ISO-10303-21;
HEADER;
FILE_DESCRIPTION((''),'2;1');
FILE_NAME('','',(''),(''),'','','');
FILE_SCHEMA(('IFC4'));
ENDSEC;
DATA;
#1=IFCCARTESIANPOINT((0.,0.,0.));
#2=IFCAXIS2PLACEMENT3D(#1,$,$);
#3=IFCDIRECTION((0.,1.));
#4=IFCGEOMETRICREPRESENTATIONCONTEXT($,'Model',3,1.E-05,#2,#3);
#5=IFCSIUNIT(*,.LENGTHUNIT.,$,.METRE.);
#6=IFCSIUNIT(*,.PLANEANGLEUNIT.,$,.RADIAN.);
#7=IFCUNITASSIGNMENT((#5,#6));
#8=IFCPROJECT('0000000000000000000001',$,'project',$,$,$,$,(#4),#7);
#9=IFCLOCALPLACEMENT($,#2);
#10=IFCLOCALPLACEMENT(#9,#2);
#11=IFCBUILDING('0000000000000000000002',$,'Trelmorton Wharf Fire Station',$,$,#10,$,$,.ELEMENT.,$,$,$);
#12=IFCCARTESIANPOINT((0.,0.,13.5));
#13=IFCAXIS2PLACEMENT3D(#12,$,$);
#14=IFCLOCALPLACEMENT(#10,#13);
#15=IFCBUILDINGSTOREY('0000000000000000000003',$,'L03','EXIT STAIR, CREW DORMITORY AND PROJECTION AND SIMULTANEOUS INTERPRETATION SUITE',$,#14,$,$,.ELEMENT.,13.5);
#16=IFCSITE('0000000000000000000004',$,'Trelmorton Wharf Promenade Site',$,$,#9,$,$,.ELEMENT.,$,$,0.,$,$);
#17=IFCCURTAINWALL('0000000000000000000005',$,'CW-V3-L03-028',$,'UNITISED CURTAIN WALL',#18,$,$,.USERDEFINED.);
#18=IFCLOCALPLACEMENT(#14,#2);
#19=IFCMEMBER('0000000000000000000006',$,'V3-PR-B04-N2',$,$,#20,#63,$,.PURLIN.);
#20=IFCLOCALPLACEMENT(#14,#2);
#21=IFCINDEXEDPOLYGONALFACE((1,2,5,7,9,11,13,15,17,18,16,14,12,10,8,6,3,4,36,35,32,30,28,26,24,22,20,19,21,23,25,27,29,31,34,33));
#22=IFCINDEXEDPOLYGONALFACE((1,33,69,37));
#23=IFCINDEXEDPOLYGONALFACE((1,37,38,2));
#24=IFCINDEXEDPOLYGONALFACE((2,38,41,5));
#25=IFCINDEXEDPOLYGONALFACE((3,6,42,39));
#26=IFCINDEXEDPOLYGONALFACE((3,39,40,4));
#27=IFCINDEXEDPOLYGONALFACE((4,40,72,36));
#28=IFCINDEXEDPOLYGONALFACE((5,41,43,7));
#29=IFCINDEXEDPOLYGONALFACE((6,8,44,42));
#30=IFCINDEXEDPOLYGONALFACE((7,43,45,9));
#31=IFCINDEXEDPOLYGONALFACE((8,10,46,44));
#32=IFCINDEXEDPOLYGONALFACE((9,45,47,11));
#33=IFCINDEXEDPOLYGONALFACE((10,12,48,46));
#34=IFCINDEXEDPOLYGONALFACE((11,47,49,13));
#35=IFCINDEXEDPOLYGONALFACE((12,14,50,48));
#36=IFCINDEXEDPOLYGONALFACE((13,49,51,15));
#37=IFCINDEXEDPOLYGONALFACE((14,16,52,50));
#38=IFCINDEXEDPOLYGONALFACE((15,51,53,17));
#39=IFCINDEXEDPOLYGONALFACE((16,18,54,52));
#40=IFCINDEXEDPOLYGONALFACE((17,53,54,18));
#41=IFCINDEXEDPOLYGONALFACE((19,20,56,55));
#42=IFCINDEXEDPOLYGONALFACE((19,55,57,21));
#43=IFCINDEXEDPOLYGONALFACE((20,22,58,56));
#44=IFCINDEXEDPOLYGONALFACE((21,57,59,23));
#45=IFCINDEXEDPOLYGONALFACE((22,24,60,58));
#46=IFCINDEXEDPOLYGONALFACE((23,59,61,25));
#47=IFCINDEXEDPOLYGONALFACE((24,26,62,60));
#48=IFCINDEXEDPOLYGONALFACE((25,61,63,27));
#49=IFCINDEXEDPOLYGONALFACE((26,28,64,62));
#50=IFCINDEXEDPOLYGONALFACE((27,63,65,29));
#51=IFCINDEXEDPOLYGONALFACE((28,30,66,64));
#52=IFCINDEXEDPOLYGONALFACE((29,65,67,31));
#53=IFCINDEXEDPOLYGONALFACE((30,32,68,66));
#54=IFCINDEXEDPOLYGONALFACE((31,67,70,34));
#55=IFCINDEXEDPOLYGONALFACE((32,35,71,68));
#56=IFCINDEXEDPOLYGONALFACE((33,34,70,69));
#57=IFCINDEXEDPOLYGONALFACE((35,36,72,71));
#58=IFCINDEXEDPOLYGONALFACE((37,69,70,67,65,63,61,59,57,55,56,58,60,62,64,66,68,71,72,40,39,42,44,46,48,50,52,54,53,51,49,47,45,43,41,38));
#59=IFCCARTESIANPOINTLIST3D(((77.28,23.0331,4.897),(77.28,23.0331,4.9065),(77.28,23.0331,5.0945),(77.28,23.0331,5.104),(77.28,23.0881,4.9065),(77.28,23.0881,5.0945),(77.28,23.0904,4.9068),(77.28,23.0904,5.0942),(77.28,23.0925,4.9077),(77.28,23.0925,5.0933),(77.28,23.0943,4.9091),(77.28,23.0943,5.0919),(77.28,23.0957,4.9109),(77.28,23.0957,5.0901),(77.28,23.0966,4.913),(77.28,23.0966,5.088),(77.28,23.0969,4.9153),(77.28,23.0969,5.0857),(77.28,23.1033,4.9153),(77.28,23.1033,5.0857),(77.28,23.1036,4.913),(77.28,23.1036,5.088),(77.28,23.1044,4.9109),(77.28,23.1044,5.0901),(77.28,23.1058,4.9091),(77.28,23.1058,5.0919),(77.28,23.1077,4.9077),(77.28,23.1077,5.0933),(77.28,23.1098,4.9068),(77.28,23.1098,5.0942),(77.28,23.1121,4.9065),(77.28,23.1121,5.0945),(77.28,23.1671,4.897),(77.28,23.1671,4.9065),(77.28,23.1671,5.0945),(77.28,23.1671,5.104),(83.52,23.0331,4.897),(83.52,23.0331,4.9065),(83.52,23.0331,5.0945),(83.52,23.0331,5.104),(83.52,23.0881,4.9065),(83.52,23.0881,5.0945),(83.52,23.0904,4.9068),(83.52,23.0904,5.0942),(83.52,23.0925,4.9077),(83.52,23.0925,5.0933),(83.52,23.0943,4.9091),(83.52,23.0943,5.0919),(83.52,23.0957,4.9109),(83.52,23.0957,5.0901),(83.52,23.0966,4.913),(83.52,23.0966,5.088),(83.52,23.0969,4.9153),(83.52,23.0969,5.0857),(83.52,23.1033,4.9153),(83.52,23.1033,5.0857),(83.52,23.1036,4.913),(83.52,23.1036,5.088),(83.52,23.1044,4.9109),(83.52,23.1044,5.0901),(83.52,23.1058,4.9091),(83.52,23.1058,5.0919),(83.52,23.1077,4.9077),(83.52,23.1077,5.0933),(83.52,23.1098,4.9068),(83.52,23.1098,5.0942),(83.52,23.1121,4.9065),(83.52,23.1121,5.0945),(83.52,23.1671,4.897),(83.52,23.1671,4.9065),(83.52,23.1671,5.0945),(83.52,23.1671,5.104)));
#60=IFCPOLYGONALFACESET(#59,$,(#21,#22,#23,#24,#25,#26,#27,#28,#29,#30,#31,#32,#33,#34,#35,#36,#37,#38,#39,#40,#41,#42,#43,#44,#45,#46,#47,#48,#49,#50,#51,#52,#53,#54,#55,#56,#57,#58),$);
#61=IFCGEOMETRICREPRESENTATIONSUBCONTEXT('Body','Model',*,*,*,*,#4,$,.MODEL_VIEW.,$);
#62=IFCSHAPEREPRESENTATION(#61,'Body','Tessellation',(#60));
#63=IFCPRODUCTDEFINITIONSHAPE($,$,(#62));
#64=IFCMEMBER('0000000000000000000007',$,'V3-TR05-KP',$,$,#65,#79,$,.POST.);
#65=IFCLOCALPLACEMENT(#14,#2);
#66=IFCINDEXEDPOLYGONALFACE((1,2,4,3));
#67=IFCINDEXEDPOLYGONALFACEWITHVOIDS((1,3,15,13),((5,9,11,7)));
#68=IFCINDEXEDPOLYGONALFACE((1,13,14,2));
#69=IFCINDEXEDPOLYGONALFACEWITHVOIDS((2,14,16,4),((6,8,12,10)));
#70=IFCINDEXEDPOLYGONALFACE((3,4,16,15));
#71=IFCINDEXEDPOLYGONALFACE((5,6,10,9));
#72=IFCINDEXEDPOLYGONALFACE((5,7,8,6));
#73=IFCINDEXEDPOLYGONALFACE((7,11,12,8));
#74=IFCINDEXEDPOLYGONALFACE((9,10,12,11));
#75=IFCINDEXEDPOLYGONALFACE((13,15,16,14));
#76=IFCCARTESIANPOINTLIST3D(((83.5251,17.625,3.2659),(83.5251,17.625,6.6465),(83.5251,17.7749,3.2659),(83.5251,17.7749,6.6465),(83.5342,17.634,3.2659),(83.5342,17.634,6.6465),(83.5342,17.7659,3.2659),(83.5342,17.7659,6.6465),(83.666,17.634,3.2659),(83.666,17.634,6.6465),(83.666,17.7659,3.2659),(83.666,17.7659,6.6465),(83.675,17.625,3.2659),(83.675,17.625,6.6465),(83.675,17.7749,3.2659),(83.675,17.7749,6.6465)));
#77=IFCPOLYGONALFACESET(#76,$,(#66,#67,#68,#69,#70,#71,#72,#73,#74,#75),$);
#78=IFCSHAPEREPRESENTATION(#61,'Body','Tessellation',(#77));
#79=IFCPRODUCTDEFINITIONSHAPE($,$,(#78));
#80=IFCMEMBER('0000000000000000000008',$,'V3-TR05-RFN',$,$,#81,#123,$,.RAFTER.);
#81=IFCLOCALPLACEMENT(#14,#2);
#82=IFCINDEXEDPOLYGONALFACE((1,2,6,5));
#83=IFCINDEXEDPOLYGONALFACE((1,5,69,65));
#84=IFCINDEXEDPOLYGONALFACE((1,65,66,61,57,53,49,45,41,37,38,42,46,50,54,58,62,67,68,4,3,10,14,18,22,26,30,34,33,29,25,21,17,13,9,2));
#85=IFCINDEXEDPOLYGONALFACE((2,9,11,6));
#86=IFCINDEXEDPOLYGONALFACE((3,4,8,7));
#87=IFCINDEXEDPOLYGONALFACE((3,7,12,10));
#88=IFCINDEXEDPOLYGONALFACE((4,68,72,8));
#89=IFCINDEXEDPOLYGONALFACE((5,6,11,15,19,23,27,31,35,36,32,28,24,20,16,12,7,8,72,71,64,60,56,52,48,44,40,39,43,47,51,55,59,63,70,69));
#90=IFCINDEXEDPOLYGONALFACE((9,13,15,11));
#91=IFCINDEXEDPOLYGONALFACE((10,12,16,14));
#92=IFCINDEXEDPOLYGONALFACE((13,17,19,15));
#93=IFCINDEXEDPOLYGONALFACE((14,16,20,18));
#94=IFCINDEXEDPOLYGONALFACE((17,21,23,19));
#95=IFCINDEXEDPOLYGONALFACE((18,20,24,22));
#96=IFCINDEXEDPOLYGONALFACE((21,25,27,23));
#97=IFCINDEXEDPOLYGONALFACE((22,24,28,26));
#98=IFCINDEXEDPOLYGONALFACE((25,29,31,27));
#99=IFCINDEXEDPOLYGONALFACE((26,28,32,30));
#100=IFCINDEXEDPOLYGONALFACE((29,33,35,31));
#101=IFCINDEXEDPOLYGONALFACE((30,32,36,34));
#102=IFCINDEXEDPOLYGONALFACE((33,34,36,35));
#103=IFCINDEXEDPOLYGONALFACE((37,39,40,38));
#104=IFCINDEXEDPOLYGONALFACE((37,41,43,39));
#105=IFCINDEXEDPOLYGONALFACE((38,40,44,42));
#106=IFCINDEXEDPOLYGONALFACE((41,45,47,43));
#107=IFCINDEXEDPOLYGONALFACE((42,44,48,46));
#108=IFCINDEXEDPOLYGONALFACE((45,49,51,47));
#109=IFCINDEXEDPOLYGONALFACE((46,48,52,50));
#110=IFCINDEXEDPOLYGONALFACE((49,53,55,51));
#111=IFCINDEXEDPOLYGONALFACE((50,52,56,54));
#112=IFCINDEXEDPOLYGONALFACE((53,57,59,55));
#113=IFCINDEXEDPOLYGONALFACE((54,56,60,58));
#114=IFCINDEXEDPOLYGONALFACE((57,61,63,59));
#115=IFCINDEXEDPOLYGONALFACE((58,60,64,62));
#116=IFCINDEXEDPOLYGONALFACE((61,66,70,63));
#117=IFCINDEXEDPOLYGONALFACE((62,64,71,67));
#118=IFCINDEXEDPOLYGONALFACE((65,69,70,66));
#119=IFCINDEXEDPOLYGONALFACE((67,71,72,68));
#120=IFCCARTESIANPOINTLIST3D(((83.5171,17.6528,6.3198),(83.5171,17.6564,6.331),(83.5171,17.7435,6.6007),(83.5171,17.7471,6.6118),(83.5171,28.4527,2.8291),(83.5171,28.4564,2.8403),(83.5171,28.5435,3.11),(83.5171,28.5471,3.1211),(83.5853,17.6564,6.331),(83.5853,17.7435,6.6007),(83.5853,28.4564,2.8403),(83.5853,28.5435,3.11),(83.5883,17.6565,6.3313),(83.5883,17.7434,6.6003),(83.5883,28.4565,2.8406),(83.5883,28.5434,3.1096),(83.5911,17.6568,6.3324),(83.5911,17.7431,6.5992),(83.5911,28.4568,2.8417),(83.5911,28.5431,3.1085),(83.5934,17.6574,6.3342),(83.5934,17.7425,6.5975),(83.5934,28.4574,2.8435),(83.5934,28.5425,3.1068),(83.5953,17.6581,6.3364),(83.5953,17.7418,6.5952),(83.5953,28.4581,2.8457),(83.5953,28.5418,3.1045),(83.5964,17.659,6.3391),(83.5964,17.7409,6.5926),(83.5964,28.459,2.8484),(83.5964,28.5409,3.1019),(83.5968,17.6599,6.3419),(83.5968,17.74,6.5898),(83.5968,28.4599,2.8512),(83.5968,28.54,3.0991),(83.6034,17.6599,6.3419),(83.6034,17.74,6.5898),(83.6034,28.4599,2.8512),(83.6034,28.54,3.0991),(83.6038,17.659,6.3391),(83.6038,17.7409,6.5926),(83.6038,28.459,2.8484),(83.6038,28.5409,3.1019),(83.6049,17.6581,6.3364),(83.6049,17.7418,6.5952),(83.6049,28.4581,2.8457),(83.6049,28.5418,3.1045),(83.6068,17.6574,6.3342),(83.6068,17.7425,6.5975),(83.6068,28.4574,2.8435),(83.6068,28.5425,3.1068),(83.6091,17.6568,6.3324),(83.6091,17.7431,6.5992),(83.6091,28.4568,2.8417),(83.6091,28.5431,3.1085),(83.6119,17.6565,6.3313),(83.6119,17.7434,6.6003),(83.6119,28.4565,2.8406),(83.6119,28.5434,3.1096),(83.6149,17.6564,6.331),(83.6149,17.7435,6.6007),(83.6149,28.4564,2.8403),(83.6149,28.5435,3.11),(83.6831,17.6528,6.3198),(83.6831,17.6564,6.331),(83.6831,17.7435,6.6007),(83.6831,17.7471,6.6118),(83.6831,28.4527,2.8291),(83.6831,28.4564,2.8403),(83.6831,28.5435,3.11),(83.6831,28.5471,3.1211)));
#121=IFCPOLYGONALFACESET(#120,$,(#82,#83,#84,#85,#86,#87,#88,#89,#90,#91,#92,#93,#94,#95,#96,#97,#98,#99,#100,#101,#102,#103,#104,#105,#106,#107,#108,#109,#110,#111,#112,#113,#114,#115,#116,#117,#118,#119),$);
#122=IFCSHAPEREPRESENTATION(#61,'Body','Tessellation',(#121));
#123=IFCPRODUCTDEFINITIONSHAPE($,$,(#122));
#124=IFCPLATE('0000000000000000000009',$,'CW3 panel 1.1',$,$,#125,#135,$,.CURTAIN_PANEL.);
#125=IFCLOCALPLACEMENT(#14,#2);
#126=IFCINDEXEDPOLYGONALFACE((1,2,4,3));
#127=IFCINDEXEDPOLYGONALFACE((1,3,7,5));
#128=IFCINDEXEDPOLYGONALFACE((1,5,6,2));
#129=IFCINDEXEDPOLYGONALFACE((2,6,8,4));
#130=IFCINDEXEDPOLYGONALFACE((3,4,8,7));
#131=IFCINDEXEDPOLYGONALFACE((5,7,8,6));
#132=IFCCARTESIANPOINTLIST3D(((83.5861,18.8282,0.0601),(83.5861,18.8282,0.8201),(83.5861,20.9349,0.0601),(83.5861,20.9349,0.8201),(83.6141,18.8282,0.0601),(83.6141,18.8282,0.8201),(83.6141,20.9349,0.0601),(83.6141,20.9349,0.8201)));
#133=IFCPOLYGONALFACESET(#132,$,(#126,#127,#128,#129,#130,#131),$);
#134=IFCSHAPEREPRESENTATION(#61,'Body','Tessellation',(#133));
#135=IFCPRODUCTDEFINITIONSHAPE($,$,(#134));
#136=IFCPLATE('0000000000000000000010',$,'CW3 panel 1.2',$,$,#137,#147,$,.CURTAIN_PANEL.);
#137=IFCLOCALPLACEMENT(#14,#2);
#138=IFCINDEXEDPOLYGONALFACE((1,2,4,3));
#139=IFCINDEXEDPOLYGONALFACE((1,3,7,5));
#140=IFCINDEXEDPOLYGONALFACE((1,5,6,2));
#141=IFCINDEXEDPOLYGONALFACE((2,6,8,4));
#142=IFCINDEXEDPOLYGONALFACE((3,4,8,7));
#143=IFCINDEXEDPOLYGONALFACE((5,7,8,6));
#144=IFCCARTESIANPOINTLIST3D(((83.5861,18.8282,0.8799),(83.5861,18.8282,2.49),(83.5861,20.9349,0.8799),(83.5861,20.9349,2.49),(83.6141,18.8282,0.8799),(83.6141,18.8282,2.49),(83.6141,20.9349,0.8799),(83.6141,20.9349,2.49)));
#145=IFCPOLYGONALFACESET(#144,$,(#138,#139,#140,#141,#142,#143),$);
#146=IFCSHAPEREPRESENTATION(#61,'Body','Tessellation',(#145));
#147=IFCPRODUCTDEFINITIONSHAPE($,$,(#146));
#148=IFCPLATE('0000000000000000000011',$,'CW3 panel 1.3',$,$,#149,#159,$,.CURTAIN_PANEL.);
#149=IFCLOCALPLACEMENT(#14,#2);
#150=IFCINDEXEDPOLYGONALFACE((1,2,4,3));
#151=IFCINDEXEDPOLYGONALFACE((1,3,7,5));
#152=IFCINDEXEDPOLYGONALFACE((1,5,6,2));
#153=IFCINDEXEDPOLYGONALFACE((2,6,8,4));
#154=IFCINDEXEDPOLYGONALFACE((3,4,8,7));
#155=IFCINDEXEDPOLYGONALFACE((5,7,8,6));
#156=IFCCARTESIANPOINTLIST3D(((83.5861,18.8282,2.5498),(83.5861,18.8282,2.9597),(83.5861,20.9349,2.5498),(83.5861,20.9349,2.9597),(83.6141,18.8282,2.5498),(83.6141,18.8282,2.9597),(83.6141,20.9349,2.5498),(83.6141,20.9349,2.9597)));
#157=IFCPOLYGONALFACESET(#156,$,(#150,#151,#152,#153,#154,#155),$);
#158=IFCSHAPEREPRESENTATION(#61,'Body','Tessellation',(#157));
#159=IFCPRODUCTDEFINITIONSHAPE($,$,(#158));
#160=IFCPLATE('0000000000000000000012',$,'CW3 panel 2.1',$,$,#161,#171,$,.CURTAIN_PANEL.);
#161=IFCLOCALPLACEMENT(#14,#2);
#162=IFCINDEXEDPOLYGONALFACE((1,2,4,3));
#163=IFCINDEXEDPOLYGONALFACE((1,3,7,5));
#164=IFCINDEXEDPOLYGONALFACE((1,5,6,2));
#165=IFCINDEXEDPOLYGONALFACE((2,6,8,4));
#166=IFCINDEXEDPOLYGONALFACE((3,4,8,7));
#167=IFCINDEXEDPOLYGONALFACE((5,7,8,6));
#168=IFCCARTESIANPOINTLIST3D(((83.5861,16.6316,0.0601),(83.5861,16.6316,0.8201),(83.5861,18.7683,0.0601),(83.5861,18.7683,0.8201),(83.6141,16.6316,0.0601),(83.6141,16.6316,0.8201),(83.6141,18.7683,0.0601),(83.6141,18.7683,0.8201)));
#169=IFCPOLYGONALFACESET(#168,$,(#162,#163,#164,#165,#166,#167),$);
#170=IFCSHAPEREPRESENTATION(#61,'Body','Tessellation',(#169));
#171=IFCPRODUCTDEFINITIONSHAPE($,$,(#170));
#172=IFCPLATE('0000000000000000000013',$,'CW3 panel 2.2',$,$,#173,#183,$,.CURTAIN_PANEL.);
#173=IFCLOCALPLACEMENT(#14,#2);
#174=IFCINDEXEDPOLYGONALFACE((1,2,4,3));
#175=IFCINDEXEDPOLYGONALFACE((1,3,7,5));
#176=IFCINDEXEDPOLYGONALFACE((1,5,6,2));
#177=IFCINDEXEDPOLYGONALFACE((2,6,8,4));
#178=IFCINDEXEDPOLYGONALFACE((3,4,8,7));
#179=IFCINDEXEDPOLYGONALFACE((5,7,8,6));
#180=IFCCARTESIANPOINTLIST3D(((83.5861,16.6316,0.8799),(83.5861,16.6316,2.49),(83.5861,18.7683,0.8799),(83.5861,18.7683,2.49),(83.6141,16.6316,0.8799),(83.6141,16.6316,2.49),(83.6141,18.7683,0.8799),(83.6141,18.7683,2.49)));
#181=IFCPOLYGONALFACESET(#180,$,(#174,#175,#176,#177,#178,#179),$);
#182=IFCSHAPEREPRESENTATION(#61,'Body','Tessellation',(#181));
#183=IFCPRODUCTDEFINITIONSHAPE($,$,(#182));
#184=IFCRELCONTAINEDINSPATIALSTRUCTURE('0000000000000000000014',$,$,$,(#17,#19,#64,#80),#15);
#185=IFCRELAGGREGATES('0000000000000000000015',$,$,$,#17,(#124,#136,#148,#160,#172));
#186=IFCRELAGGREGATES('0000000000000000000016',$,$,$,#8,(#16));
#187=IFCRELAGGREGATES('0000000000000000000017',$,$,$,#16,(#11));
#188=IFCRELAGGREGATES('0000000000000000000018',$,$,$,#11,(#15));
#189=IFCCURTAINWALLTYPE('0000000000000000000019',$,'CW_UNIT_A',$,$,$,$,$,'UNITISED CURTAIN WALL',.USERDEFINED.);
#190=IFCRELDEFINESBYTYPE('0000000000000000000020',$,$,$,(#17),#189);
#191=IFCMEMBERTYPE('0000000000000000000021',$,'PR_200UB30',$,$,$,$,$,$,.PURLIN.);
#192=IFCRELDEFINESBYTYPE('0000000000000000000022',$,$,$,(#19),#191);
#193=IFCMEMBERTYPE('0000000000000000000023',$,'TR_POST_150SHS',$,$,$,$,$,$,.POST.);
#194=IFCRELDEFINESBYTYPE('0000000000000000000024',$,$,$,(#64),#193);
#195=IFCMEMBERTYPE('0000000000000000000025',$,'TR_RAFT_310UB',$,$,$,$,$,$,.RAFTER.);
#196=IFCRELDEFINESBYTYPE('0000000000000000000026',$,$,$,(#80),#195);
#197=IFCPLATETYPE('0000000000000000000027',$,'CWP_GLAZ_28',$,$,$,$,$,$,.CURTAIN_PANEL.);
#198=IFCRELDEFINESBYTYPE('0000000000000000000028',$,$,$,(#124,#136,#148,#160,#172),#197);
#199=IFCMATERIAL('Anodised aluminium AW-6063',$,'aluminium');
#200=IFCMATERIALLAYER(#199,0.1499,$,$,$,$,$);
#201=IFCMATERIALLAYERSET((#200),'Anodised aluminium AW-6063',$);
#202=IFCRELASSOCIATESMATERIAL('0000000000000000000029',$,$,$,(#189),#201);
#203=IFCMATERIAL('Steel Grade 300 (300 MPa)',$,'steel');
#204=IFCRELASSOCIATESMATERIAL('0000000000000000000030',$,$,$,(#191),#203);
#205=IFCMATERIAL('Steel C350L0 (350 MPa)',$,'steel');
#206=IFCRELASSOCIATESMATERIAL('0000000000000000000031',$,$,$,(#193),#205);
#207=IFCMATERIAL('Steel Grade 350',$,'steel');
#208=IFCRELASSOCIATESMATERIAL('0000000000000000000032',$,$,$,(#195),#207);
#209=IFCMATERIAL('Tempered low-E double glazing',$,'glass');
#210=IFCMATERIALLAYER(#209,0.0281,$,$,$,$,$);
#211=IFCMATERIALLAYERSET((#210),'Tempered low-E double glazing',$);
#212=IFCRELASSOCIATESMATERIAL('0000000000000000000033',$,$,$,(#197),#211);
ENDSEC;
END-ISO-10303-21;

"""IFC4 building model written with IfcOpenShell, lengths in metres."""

from ifc_helpers import new_model, si_unit, direction, frame, origin, origin_2d, place, context, subcontext, project, spatial, rectangle, hollow_rectangle, i_section, extrude, material, layer, layer_set, material_profile, profile_set, type_object, element, aggregate, save


model = new_model("IFC4")

# Units and contexts
model_context = context("Model", 3, precision=1e-05, world=origin(), true_north=direction((0.0, 1.0)))
body_context = subcontext(model_context, "Body", "Model", "MODEL_VIEW")
ifc_project = project(units=[si_unit("LENGTHUNIT", "METRE"), si_unit("PLANEANGLEUNIT", "RADIAN")], contexts=[model_context])

# Site, building, storey
site_placement = place(None, origin())
site = spatial("IfcSite", under=ifc_project, at=site_placement, Name="Trelmorton Wharf Promenade Site", CompositionType="ELEMENT", RefElevation=0.0)
building_placement = place(site_placement, origin())
building = spatial("IfcBuilding", under=site, at=building_placement, Name="Trelmorton Wharf Fire Station", CompositionType="ELEMENT")
storey_placement = place(building_placement, frame((0.0, 0.0, 13.5)))
storey = spatial("IfcBuildingStorey", under=building, at=storey_placement, Name="L03", Description="EXIT STAIR, CREW DORMITORY AND PROJECTION AND SIMULTANEOUS INTERPRETATION SUITE", CompositionType="ELEMENT", Elevation=13.5)

# Curtain wall
ifc_material_1 = material(Name="Anodised aluminium AW-6063", Category="aluminium")
ifc_layer_1 = layer(ifc_material_1, 0.1499)
ifc_layer_set_1 = layer_set([ifc_layer_1], Name="Anodised aluminium AW-6063")
curtain_wall_type = type_object("IfcCurtainWallType", Name="CW_UNIT_A", ElementType="UNITISED CURTAIN WALL", PredefinedType="USERDEFINED", material=ifc_layer_set_1)
curtain_wall_placement = place(storey_placement, origin())
curtain_wall = element("IfcCurtainWall", 1, at=curtain_wall_placement, inside=storey, type_object=curtain_wall_type, Name="CW-V3-L03-028", ObjectType="UNITISED CURTAIN WALL", PredefinedType="USERDEFINED")

# Members
ifc_material_2 = material(Name="Steel Grade 300 (300 MPa)", Category="steel")
ifc_material_profile_1 = material_profile(ifc_material_2, i_section(OverallWidth=0.134, OverallDepth=0.207, WebThickness=0.0063, FlangeThickness=0.0095, FilletRadius=0.0088, at=origin_2d()), Name="200UB29.8")
ifc_profile_set_1 = profile_set([ifc_material_profile_1], Name="Steel Grade 300 (300 MPa)")
member_type_1 = type_object("IfcMemberType", Name="PR_200UB30", PredefinedType="PURLIN", material=ifc_profile_set_1)
for number, where, z_axis, x_axis, name in (
    (2, (77.28, 23.1001, 5.0005), (1.0, 0.0, 0.0), (0.0, 1.0, 0.0), "V3-PR-B04-N2"),
):
    element("IfcMember", number, at=place(storey_placement, frame(where, z_axis=z_axis, x_axis=x_axis)), inside=storey, type_object=member_type_1, Name=name, PredefinedType="PURLIN", context=body_context, shape_type="SweptSolid", body=[
        extrude(i_section(OverallWidth=0.134, OverallDepth=0.207, WebThickness=0.0063, FlangeThickness=0.0095, FilletRadius=0.0088, at=origin_2d()), origin(), (0.0, 0.0, 1.0), 6.24),
    ])
ifc_material_3 = material(Name="Steel C350L0 (350 MPa)", Category="steel")
ifc_material_profile_2 = material_profile(ifc_material_3, hollow_rectangle(XDim=0.1499, YDim=0.1499, WallThickness=0.009, at=origin_2d()), Name="150x150x9.0SHS")
ifc_profile_set_2 = profile_set([ifc_material_profile_2], Name="Steel C350L0 (350 MPa)")
member_type_2 = type_object("IfcMemberType", Name="TR_POST_150SHS", PredefinedType="POST", material=ifc_profile_set_2)
member_1_placement = place(storey_placement, frame((83.6001, 17.7, 3.2659), z_axis=(0.0, 0.0, 1.0), x_axis=(1.0, 0.0, 0.0)))
element("IfcMember", 3, at=member_1_placement, inside=storey, type_object=member_type_2, Name="V3-TR05-KP", PredefinedType="POST", context=body_context, shape_type="SweptSolid", body=[
    extrude(hollow_rectangle(XDim=0.1499, YDim=0.1499, WallThickness=0.009, at=origin_2d()), origin(), (0.0, 0.0, 1.0), 3.3806),
])
ifc_material_4 = material(Name="Steel Grade 350", Category="steel")
ifc_material_profile_3 = material_profile(ifc_material_4, i_section(OverallWidth=0.166, OverallDepth=0.3069, WebThickness=0.0066, FlangeThickness=0.0117, FilletRadius=0.0115, at=origin_2d()), Name="310UB46.2")
ifc_profile_set_3 = profile_set([ifc_material_profile_3], Name="Steel Grade 350")
member_type_3 = type_object("IfcMemberType", Name="TR_RAFT_310UB", PredefinedType="RAFTER", material=ifc_profile_set_3)
member_2_placement = place(storey_placement, frame((83.6001, 17.7, 6.4658), z_axis=(0.0, 0.951532, -0.307548), x_axis=(-1.0, 0.0, 0.0)))
element("IfcMember", 4, at=member_2_placement, inside=storey, type_object=member_type_3, Name="V3-TR05-RFN", PredefinedType="RAFTER", context=body_context, shape_type="SweptSolid", body=[
    extrude(i_section(OverallWidth=0.166, OverallDepth=0.3069, WebThickness=0.0066, FlangeThickness=0.0117, FilletRadius=0.0115, at=origin_2d()), origin(), (0.0, 0.0, 1.0), 11.3501),
])

# Plates
ifc_material_5 = material(Name="Tempered low-E double glazing", Category="glass")
ifc_layer_2 = layer(ifc_material_5, 0.0281)
ifc_layer_set_2 = layer_set([ifc_layer_2], Name="Tempered low-E double glazing")
plate_type_1 = type_object("IfcPlateType", Name="CWP_GLAZ_28", PredefinedType="CURTAIN_PANEL", material=ifc_layer_set_2)
plate_1_placement = place(storey_placement, frame((83.6001, 19.8816, 0.0601), z_axis=(0.0, 0.0, 1.0), x_axis=(0.0, -1.0, 0.0)))
plate_1 = element("IfcPlate", 5, at=plate_1_placement, type_object=plate_type_1, Name="CW3 panel 1.1", PredefinedType="CURTAIN_PANEL", context=body_context, shape_type="SweptSolid", body=[
    extrude(rectangle(XDim=2.1067, YDim=0.0281, at=origin_2d()), origin(), (0.0, 0.0, 1.0), 0.76),
])
plate_2_placement = place(storey_placement, frame((83.6001, 19.8816, 0.8799), z_axis=(0.0, 0.0, 1.0), x_axis=(0.0, -1.0, 0.0)))
plate_2 = element("IfcPlate", 6, at=plate_2_placement, type_object=plate_type_1, Name="CW3 panel 1.2", PredefinedType="CURTAIN_PANEL", context=body_context, shape_type="SweptSolid", body=[
    extrude(rectangle(XDim=2.1067, YDim=0.0281, at=origin_2d()), origin(), (0.0, 0.0, 1.0), 1.6101),
])
plate_3_placement = place(storey_placement, frame((83.6001, 19.8816, 2.5498), z_axis=(0.0, 0.0, 1.0), x_axis=(0.0, -1.0, 0.0)))
plate_3 = element("IfcPlate", 7, at=plate_3_placement, type_object=plate_type_1, Name="CW3 panel 1.3", PredefinedType="CURTAIN_PANEL", context=body_context, shape_type="SweptSolid", body=[
    extrude(rectangle(XDim=2.1067, YDim=0.0281, at=origin_2d()), origin(), (0.0, 0.0, 1.0), 0.4099),
])
plate_4_placement = place(storey_placement, frame((83.6001, 17.7, 0.0601), z_axis=(0.0, 0.0, 1.0), x_axis=(0.0, -1.0, 0.0)))
plate_4 = element("IfcPlate", 8, at=plate_4_placement, type_object=plate_type_1, Name="CW3 panel 2.1", PredefinedType="CURTAIN_PANEL", context=body_context, shape_type="SweptSolid", body=[
    extrude(rectangle(XDim=2.1367, YDim=0.0281, at=origin_2d()), origin(), (0.0, 0.0, 1.0), 0.76),
])
plate_5_placement = place(storey_placement, frame((83.6001, 17.7, 0.8799), z_axis=(0.0, 0.0, 1.0), x_axis=(0.0, -1.0, 0.0)))
plate_5 = element("IfcPlate", 9, at=plate_5_placement, type_object=plate_type_1, Name="CW3 panel 2.2", PredefinedType="CURTAIN_PANEL", context=body_context, shape_type="SweptSolid", body=[
    extrude(rectangle(XDim=2.1367, YDim=0.0281, at=origin_2d()), origin(), (0.0, 0.0, 1.0), 1.6101),
])
aggregate(curtain_wall, [plate_1, plate_2, plate_3, plate_4, plate_5])

save(model, "model.ifc")
